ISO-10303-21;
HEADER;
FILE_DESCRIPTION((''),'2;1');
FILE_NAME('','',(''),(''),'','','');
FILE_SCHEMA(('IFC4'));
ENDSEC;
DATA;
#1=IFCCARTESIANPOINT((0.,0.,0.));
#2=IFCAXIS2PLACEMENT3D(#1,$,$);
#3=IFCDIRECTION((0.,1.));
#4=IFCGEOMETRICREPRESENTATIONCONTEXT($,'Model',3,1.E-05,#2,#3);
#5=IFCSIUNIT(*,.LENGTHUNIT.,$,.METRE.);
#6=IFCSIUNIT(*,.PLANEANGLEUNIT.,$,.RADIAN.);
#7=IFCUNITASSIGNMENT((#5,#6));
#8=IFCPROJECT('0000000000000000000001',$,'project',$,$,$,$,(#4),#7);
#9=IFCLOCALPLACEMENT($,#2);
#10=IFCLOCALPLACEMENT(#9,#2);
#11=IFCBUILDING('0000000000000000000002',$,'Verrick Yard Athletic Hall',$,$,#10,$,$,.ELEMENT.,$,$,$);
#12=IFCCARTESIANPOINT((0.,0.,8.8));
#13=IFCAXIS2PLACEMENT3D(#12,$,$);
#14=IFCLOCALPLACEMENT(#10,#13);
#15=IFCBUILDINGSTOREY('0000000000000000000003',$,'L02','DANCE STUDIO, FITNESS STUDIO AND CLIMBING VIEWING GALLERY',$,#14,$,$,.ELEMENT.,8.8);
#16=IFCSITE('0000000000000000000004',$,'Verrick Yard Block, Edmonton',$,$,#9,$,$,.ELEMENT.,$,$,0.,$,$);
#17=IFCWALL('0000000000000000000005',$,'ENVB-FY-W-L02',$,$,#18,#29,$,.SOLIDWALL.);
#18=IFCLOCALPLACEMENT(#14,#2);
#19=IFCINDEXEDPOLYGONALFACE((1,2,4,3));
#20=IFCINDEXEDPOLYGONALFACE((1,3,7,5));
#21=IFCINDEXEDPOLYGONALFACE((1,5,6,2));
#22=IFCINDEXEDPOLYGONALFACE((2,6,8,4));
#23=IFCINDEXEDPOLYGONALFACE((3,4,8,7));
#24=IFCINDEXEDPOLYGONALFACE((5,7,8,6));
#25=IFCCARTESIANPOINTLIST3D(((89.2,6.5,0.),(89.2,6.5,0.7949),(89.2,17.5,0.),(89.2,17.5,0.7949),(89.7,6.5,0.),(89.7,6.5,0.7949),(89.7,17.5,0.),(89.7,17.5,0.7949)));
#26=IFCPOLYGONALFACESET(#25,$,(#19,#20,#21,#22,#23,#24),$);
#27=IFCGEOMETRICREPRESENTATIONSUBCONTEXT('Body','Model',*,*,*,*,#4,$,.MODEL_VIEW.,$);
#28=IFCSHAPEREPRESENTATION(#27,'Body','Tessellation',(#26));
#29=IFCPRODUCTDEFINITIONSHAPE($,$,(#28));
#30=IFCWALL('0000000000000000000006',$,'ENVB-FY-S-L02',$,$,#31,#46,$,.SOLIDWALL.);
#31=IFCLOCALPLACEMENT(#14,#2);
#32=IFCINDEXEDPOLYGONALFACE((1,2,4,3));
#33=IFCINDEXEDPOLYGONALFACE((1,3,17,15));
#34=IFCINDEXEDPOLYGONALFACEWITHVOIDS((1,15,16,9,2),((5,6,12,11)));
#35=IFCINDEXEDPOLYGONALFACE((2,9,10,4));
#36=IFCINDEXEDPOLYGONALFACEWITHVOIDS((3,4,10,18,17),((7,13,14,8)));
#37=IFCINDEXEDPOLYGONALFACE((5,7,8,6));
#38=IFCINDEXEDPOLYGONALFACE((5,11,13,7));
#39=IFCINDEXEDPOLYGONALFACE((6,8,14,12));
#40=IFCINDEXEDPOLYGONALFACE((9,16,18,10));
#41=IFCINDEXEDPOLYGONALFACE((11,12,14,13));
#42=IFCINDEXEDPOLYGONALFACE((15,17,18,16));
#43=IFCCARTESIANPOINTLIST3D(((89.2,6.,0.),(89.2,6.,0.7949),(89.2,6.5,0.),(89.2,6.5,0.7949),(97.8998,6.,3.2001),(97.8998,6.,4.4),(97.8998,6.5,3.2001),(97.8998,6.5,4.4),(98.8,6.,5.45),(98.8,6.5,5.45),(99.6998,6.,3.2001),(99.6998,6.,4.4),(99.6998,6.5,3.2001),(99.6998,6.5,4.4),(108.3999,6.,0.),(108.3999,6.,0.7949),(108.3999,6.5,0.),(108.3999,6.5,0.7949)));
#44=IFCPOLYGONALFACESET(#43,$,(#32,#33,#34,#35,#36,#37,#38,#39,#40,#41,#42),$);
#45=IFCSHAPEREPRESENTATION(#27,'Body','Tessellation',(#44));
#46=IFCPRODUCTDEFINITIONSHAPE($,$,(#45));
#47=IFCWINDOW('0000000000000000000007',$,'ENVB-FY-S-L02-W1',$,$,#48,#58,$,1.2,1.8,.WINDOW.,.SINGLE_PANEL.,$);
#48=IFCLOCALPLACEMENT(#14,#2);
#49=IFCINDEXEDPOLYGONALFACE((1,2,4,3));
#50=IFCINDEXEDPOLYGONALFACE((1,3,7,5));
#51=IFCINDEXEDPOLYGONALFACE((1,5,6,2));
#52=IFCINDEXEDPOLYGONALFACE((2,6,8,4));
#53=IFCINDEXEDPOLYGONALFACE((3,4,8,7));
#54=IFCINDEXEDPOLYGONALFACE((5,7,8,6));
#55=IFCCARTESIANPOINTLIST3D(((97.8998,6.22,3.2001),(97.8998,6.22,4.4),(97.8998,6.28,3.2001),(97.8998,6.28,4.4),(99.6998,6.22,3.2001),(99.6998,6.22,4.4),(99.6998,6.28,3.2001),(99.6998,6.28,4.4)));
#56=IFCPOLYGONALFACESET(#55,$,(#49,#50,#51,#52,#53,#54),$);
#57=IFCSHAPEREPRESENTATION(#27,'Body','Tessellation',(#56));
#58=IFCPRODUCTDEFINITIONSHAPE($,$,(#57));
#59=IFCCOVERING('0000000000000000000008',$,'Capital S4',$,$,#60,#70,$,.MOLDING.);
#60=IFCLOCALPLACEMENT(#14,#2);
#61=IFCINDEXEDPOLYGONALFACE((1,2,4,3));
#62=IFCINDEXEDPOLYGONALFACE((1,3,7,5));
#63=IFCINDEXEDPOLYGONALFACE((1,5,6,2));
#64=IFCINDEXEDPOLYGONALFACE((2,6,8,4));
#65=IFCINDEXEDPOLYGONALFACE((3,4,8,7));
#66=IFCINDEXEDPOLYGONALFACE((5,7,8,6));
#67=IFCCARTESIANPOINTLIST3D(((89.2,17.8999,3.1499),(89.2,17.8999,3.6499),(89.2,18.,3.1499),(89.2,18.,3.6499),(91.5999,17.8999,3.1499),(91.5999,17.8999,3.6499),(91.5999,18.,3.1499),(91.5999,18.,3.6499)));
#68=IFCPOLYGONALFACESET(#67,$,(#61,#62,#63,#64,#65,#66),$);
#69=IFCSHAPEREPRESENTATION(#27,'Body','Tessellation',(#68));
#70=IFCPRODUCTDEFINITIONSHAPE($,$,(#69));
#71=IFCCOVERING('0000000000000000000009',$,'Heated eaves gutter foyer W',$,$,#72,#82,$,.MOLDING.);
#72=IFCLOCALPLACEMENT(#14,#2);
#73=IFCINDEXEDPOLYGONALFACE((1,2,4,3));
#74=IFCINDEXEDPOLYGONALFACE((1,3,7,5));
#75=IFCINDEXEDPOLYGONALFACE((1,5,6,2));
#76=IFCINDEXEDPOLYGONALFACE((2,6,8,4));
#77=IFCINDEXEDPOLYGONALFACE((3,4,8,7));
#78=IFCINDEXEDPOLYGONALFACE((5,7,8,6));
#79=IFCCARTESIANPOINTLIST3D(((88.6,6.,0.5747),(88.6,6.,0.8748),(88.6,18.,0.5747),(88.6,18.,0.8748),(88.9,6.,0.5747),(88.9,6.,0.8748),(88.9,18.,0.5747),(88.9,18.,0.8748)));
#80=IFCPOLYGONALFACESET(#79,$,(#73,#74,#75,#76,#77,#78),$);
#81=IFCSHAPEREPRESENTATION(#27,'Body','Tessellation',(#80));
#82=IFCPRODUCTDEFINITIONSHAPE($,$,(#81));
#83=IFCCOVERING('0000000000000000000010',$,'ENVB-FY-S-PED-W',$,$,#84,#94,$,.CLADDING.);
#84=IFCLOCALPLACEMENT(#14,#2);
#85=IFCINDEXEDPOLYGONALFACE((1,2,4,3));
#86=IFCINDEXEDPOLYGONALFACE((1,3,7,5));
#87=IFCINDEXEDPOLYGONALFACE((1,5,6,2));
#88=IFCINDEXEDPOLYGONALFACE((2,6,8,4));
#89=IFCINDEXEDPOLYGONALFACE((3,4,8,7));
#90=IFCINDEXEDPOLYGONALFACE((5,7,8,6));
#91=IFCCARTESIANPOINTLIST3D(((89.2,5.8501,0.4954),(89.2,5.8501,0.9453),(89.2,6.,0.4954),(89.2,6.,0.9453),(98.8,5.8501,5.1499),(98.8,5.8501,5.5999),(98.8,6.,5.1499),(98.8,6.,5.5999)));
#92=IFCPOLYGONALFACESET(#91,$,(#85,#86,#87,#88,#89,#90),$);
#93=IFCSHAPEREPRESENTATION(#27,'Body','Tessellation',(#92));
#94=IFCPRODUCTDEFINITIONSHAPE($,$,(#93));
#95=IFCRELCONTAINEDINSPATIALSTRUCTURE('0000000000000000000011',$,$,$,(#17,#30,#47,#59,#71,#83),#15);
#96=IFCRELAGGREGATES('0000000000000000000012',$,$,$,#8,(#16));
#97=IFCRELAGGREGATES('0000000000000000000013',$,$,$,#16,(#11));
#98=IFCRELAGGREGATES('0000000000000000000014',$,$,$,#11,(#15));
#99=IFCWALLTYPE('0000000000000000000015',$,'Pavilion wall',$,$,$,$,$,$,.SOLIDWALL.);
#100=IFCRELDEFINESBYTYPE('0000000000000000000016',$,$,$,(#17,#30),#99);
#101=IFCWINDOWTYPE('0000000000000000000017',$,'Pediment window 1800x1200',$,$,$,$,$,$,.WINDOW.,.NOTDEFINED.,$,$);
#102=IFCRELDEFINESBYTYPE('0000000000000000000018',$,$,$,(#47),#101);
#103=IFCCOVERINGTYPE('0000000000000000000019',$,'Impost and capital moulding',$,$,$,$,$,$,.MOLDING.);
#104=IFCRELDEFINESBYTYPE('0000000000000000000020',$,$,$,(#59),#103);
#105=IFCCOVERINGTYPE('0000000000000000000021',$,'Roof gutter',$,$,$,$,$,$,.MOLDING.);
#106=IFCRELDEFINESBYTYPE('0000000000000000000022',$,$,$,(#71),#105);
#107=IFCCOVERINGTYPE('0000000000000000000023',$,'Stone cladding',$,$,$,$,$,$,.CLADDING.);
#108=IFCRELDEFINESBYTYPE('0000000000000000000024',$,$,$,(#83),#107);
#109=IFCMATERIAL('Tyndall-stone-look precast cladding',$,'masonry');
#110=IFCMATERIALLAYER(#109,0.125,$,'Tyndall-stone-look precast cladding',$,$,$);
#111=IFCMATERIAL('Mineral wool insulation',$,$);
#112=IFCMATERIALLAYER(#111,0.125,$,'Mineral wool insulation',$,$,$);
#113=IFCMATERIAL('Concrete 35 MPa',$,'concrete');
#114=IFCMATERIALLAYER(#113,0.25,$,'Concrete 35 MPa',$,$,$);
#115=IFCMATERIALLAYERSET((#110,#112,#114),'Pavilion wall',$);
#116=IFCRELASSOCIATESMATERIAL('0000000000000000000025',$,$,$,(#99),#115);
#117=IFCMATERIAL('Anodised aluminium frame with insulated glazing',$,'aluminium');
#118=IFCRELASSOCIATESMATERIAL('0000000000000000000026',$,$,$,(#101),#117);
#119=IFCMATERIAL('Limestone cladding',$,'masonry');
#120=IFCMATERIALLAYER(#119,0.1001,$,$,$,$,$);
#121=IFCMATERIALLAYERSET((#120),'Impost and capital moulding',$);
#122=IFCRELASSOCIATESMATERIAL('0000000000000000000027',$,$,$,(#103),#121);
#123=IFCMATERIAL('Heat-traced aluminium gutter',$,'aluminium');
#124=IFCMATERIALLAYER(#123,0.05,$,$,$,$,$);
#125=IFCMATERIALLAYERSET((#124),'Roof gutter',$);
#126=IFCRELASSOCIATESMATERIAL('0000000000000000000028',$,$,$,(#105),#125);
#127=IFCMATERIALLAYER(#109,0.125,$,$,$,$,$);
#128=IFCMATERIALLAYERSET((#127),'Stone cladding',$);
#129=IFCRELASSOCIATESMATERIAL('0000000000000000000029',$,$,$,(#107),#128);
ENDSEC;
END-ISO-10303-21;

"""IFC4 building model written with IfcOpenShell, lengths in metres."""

from ifc_helpers import new_model, si_unit, direction, frame, frame_2d, origin, origin_2d, place, context, subcontext, project, spatial, polyline, rectangle, outline, extrude, material, layer, layer_set, type_object, element, fill, save


model = new_model("IFC4")

# Units and contexts
model_context = context("Model", 3, precision=1e-05, world=origin(), true_north=direction((0.0, 1.0)))
body_context = subcontext(model_context, "Body", "Model", "MODEL_VIEW")
ifc_project = project(units=[si_unit("LENGTHUNIT", "METRE"), si_unit("PLANEANGLEUNIT", "RADIAN")], contexts=[model_context])

# Site, building, storey
site_placement = place(None, origin())
site = spatial("IfcSite", under=ifc_project, at=site_placement, Name="Verrick Yard Block, Edmonton", CompositionType="ELEMENT", RefElevation=0.0)
building_placement = place(site_placement, origin())
building = spatial("IfcBuilding", under=site, at=building_placement, Name="Verrick Yard Athletic Hall", CompositionType="ELEMENT")
storey_placement = place(building_placement, frame((0.0, 0.0, 8.8)))
storey = spatial("IfcBuildingStorey", under=building, at=storey_placement, Name="L02", Description="DANCE STUDIO, FITNESS STUDIO AND CLIMBING VIEWING GALLERY", CompositionType="ELEMENT", Elevation=8.8)

# Shared definitions
ifc_material_1 = material(Name="Concrete 35 MPa", Category="concrete")

# Wall
ifc_material_2 = material(Name="Tyndall-stone-look precast cladding", Category="masonry")
ifc_material_3 = material(Name="Mineral wool insulation")
ifc_layer_1 = layer(ifc_material_2, 0.125, Name="Tyndall-stone-look precast cladding")
ifc_layer_2 = layer(ifc_material_3, 0.125, Name="Mineral wool insulation")
ifc_layer_3 = layer(ifc_material_1, 0.25, Name="Concrete 35 MPa")
ifc_layer_set_1 = layer_set([ifc_layer_1, ifc_layer_2, ifc_layer_3], Name="Pavilion wall")
wall_type_1 = type_object("IfcWallType", Name="Pavilion wall", PredefinedType="SOLIDWALL", material=ifc_layer_set_1)
wall_1_placement = place(storey_placement, frame((89.45, 6.5, 0.0), z_axis=(0.0, 0.0, 1.0), x_axis=(0.0, 1.0, 0.0)))
element("IfcWall", 1, at=wall_1_placement, inside=storey, type_object=wall_type_1, Name="ENVB-FY-W-L02", PredefinedType="SOLIDWALL", context=body_context, shape_type="SweptSolid", body=[
    extrude(rectangle(XDim=11.0, YDim=0.5, at=frame_2d((5.5, 0.0))), origin(), (0.0, 0.0, 1.0), 0.7949),
])

# Wall, opening, window
wall_2_placement = place(storey_placement, frame((89.2, 6.25, 0.0), z_axis=(0.0, 0.0, 1.0), x_axis=(1.0, 0.0, 0.0)))
wall_2 = element("IfcWall", 2, at=wall_2_placement, inside=storey, type_object=wall_type_1, Name="ENVB-FY-S-L02", PredefinedType="SOLIDWALL", context=body_context, shape_type="SweptSolid", body=[
    extrude(outline(polyline([(0.0, 0.0), (19.2, 0.0), (19.2, 0.7949), (9.6001, 5.45), (0.0, 0.7949), (0.0, 0.0)])), frame((0.0, 0.25, 0.0), z_axis=(0.0, -1.0, 0.0), x_axis=(1.0, 0.0, 0.0)), (0.0, 0.0, 1.0), 0.5),
])
opening_placement = place(wall_2_placement, frame((8.7, 0.0, 3.2)))
opening = element("IfcOpeningElement", 3, at=opening_placement, cuts=wall_2, PredefinedType="OPENING", context=body_context, shape_type="SweptSolid", body=[
    extrude(rectangle(XDim=1.8, YDim=1.2, at=frame_2d((0.8999, 0.6001))), frame((0.0, 0.26, 0.0), z_axis=(0.0, -1.0, 0.0), x_axis=(1.0, 0.0, 0.0)), (0.0, 0.0, 1.0), 0.52),
])
ifc_material_4 = material(Name="Anodised aluminium frame with insulated glazing", Category="aluminium")
window_type = type_object("IfcWindowType", Name="Pediment window 1800x1200", PartitioningType="NOTDEFINED", PredefinedType="WINDOW", material=ifc_material_4)
window_placement = place(opening_placement, origin())
window = element("IfcWindow", 4, at=window_placement, inside=storey, type_object=window_type, Name="ENVB-FY-S-L02-W1", OverallHeight=1.2, OverallWidth=1.8, PartitioningType="SINGLE_PANEL", PredefinedType="WINDOW", context=body_context, shape_type="SweptSolid", body=[
    extrude(rectangle(XDim=1.8, YDim=1.2, at=frame_2d((0.8999, 0.6001))), frame((0.0, 0.03, 0.0), z_axis=(0.0, -1.0, 0.0), x_axis=(1.0, 0.0, 0.0)), (0.0, 0.0, 1.0), 0.0601),
])
fill(opening, window)

# Coverings
ifc_material_5 = material(Name="Limestone cladding", Category="masonry")
ifc_layer_4 = layer(ifc_material_5, 0.1001)
ifc_layer_set_2 = layer_set([ifc_layer_4], Name="Impost and capital moulding")
covering_type_1 = type_object("IfcCoveringType", Name="Impost and capital moulding", PredefinedType="MOLDING", material=ifc_layer_set_2)
covering_1_placement = place(storey_placement, frame((90.3999, 17.95, 3.1499), z_axis=(0.0, 0.0, 1.0), x_axis=(1.0, 0.0, 0.0)))
element("IfcCovering", 5, at=covering_1_placement, inside=storey, type_object=covering_type_1, Name="Capital S4", PredefinedType="MOLDING", context=body_context, shape_type="SweptSolid", body=[
    extrude(rectangle(XDim=2.3999, YDim=0.1001, at=origin_2d()), origin(), (0.0, 0.0, 1.0), 0.5),
])
ifc_material_6 = material(Name="Heat-traced aluminium gutter", Category="aluminium")
ifc_layer_5 = layer(ifc_material_6, 0.05)
ifc_layer_set_3 = layer_set([ifc_layer_5], Name="Roof gutter")
covering_type_2 = type_object("IfcCoveringType", Name="Roof gutter", PredefinedType="MOLDING", material=ifc_layer_set_3)
covering_2_placement = place(storey_placement, frame((88.75, 12.0, 0.5747), z_axis=(0.0, 0.0, 1.0), x_axis=(1.0, 0.0, 0.0)))
element("IfcCovering", 6, at=covering_2_placement, inside=storey, type_object=covering_type_2, Name="Heated eaves gutter foyer W", PredefinedType="MOLDING", context=body_context, shape_type="SweptSolid", body=[
    extrude(rectangle(XDim=0.3, YDim=12.0, at=origin_2d()), origin(), (0.0, 0.0, 1.0), 0.3),
])
ifc_layer_6 = layer(ifc_material_2, 0.125)
ifc_layer_set_4 = layer_set([ifc_layer_6], Name="Stone cladding")
covering_type_3 = type_object("IfcCoveringType", Name="Stone cladding", PredefinedType="CLADDING", material=ifc_layer_set_4)
covering_3_placement = place(storey_placement, frame((89.2, 5.925, 0.4954), z_axis=(0.0, 0.0, 1.0), x_axis=(1.0, 0.0, 0.0)))
element("IfcCovering", 7, at=covering_3_placement, inside=storey, type_object=covering_type_3, Name="ENVB-FY-S-PED-W", PredefinedType="CLADDING", context=body_context, shape_type="SweptSolid", body=[
    extrude(outline(polyline([(0.0, 0.0), (9.6001, 4.6545), (9.6001, 5.1045), (0.0, 0.45), (0.0, 0.0)])), frame((0.0, 0.075, 0.0), z_axis=(0.0, -1.0, 0.0), x_axis=(1.0, 0.0, 0.0)), (0.0, 0.0, 1.0), 0.1499),
])

save(model, "model.ifc")
